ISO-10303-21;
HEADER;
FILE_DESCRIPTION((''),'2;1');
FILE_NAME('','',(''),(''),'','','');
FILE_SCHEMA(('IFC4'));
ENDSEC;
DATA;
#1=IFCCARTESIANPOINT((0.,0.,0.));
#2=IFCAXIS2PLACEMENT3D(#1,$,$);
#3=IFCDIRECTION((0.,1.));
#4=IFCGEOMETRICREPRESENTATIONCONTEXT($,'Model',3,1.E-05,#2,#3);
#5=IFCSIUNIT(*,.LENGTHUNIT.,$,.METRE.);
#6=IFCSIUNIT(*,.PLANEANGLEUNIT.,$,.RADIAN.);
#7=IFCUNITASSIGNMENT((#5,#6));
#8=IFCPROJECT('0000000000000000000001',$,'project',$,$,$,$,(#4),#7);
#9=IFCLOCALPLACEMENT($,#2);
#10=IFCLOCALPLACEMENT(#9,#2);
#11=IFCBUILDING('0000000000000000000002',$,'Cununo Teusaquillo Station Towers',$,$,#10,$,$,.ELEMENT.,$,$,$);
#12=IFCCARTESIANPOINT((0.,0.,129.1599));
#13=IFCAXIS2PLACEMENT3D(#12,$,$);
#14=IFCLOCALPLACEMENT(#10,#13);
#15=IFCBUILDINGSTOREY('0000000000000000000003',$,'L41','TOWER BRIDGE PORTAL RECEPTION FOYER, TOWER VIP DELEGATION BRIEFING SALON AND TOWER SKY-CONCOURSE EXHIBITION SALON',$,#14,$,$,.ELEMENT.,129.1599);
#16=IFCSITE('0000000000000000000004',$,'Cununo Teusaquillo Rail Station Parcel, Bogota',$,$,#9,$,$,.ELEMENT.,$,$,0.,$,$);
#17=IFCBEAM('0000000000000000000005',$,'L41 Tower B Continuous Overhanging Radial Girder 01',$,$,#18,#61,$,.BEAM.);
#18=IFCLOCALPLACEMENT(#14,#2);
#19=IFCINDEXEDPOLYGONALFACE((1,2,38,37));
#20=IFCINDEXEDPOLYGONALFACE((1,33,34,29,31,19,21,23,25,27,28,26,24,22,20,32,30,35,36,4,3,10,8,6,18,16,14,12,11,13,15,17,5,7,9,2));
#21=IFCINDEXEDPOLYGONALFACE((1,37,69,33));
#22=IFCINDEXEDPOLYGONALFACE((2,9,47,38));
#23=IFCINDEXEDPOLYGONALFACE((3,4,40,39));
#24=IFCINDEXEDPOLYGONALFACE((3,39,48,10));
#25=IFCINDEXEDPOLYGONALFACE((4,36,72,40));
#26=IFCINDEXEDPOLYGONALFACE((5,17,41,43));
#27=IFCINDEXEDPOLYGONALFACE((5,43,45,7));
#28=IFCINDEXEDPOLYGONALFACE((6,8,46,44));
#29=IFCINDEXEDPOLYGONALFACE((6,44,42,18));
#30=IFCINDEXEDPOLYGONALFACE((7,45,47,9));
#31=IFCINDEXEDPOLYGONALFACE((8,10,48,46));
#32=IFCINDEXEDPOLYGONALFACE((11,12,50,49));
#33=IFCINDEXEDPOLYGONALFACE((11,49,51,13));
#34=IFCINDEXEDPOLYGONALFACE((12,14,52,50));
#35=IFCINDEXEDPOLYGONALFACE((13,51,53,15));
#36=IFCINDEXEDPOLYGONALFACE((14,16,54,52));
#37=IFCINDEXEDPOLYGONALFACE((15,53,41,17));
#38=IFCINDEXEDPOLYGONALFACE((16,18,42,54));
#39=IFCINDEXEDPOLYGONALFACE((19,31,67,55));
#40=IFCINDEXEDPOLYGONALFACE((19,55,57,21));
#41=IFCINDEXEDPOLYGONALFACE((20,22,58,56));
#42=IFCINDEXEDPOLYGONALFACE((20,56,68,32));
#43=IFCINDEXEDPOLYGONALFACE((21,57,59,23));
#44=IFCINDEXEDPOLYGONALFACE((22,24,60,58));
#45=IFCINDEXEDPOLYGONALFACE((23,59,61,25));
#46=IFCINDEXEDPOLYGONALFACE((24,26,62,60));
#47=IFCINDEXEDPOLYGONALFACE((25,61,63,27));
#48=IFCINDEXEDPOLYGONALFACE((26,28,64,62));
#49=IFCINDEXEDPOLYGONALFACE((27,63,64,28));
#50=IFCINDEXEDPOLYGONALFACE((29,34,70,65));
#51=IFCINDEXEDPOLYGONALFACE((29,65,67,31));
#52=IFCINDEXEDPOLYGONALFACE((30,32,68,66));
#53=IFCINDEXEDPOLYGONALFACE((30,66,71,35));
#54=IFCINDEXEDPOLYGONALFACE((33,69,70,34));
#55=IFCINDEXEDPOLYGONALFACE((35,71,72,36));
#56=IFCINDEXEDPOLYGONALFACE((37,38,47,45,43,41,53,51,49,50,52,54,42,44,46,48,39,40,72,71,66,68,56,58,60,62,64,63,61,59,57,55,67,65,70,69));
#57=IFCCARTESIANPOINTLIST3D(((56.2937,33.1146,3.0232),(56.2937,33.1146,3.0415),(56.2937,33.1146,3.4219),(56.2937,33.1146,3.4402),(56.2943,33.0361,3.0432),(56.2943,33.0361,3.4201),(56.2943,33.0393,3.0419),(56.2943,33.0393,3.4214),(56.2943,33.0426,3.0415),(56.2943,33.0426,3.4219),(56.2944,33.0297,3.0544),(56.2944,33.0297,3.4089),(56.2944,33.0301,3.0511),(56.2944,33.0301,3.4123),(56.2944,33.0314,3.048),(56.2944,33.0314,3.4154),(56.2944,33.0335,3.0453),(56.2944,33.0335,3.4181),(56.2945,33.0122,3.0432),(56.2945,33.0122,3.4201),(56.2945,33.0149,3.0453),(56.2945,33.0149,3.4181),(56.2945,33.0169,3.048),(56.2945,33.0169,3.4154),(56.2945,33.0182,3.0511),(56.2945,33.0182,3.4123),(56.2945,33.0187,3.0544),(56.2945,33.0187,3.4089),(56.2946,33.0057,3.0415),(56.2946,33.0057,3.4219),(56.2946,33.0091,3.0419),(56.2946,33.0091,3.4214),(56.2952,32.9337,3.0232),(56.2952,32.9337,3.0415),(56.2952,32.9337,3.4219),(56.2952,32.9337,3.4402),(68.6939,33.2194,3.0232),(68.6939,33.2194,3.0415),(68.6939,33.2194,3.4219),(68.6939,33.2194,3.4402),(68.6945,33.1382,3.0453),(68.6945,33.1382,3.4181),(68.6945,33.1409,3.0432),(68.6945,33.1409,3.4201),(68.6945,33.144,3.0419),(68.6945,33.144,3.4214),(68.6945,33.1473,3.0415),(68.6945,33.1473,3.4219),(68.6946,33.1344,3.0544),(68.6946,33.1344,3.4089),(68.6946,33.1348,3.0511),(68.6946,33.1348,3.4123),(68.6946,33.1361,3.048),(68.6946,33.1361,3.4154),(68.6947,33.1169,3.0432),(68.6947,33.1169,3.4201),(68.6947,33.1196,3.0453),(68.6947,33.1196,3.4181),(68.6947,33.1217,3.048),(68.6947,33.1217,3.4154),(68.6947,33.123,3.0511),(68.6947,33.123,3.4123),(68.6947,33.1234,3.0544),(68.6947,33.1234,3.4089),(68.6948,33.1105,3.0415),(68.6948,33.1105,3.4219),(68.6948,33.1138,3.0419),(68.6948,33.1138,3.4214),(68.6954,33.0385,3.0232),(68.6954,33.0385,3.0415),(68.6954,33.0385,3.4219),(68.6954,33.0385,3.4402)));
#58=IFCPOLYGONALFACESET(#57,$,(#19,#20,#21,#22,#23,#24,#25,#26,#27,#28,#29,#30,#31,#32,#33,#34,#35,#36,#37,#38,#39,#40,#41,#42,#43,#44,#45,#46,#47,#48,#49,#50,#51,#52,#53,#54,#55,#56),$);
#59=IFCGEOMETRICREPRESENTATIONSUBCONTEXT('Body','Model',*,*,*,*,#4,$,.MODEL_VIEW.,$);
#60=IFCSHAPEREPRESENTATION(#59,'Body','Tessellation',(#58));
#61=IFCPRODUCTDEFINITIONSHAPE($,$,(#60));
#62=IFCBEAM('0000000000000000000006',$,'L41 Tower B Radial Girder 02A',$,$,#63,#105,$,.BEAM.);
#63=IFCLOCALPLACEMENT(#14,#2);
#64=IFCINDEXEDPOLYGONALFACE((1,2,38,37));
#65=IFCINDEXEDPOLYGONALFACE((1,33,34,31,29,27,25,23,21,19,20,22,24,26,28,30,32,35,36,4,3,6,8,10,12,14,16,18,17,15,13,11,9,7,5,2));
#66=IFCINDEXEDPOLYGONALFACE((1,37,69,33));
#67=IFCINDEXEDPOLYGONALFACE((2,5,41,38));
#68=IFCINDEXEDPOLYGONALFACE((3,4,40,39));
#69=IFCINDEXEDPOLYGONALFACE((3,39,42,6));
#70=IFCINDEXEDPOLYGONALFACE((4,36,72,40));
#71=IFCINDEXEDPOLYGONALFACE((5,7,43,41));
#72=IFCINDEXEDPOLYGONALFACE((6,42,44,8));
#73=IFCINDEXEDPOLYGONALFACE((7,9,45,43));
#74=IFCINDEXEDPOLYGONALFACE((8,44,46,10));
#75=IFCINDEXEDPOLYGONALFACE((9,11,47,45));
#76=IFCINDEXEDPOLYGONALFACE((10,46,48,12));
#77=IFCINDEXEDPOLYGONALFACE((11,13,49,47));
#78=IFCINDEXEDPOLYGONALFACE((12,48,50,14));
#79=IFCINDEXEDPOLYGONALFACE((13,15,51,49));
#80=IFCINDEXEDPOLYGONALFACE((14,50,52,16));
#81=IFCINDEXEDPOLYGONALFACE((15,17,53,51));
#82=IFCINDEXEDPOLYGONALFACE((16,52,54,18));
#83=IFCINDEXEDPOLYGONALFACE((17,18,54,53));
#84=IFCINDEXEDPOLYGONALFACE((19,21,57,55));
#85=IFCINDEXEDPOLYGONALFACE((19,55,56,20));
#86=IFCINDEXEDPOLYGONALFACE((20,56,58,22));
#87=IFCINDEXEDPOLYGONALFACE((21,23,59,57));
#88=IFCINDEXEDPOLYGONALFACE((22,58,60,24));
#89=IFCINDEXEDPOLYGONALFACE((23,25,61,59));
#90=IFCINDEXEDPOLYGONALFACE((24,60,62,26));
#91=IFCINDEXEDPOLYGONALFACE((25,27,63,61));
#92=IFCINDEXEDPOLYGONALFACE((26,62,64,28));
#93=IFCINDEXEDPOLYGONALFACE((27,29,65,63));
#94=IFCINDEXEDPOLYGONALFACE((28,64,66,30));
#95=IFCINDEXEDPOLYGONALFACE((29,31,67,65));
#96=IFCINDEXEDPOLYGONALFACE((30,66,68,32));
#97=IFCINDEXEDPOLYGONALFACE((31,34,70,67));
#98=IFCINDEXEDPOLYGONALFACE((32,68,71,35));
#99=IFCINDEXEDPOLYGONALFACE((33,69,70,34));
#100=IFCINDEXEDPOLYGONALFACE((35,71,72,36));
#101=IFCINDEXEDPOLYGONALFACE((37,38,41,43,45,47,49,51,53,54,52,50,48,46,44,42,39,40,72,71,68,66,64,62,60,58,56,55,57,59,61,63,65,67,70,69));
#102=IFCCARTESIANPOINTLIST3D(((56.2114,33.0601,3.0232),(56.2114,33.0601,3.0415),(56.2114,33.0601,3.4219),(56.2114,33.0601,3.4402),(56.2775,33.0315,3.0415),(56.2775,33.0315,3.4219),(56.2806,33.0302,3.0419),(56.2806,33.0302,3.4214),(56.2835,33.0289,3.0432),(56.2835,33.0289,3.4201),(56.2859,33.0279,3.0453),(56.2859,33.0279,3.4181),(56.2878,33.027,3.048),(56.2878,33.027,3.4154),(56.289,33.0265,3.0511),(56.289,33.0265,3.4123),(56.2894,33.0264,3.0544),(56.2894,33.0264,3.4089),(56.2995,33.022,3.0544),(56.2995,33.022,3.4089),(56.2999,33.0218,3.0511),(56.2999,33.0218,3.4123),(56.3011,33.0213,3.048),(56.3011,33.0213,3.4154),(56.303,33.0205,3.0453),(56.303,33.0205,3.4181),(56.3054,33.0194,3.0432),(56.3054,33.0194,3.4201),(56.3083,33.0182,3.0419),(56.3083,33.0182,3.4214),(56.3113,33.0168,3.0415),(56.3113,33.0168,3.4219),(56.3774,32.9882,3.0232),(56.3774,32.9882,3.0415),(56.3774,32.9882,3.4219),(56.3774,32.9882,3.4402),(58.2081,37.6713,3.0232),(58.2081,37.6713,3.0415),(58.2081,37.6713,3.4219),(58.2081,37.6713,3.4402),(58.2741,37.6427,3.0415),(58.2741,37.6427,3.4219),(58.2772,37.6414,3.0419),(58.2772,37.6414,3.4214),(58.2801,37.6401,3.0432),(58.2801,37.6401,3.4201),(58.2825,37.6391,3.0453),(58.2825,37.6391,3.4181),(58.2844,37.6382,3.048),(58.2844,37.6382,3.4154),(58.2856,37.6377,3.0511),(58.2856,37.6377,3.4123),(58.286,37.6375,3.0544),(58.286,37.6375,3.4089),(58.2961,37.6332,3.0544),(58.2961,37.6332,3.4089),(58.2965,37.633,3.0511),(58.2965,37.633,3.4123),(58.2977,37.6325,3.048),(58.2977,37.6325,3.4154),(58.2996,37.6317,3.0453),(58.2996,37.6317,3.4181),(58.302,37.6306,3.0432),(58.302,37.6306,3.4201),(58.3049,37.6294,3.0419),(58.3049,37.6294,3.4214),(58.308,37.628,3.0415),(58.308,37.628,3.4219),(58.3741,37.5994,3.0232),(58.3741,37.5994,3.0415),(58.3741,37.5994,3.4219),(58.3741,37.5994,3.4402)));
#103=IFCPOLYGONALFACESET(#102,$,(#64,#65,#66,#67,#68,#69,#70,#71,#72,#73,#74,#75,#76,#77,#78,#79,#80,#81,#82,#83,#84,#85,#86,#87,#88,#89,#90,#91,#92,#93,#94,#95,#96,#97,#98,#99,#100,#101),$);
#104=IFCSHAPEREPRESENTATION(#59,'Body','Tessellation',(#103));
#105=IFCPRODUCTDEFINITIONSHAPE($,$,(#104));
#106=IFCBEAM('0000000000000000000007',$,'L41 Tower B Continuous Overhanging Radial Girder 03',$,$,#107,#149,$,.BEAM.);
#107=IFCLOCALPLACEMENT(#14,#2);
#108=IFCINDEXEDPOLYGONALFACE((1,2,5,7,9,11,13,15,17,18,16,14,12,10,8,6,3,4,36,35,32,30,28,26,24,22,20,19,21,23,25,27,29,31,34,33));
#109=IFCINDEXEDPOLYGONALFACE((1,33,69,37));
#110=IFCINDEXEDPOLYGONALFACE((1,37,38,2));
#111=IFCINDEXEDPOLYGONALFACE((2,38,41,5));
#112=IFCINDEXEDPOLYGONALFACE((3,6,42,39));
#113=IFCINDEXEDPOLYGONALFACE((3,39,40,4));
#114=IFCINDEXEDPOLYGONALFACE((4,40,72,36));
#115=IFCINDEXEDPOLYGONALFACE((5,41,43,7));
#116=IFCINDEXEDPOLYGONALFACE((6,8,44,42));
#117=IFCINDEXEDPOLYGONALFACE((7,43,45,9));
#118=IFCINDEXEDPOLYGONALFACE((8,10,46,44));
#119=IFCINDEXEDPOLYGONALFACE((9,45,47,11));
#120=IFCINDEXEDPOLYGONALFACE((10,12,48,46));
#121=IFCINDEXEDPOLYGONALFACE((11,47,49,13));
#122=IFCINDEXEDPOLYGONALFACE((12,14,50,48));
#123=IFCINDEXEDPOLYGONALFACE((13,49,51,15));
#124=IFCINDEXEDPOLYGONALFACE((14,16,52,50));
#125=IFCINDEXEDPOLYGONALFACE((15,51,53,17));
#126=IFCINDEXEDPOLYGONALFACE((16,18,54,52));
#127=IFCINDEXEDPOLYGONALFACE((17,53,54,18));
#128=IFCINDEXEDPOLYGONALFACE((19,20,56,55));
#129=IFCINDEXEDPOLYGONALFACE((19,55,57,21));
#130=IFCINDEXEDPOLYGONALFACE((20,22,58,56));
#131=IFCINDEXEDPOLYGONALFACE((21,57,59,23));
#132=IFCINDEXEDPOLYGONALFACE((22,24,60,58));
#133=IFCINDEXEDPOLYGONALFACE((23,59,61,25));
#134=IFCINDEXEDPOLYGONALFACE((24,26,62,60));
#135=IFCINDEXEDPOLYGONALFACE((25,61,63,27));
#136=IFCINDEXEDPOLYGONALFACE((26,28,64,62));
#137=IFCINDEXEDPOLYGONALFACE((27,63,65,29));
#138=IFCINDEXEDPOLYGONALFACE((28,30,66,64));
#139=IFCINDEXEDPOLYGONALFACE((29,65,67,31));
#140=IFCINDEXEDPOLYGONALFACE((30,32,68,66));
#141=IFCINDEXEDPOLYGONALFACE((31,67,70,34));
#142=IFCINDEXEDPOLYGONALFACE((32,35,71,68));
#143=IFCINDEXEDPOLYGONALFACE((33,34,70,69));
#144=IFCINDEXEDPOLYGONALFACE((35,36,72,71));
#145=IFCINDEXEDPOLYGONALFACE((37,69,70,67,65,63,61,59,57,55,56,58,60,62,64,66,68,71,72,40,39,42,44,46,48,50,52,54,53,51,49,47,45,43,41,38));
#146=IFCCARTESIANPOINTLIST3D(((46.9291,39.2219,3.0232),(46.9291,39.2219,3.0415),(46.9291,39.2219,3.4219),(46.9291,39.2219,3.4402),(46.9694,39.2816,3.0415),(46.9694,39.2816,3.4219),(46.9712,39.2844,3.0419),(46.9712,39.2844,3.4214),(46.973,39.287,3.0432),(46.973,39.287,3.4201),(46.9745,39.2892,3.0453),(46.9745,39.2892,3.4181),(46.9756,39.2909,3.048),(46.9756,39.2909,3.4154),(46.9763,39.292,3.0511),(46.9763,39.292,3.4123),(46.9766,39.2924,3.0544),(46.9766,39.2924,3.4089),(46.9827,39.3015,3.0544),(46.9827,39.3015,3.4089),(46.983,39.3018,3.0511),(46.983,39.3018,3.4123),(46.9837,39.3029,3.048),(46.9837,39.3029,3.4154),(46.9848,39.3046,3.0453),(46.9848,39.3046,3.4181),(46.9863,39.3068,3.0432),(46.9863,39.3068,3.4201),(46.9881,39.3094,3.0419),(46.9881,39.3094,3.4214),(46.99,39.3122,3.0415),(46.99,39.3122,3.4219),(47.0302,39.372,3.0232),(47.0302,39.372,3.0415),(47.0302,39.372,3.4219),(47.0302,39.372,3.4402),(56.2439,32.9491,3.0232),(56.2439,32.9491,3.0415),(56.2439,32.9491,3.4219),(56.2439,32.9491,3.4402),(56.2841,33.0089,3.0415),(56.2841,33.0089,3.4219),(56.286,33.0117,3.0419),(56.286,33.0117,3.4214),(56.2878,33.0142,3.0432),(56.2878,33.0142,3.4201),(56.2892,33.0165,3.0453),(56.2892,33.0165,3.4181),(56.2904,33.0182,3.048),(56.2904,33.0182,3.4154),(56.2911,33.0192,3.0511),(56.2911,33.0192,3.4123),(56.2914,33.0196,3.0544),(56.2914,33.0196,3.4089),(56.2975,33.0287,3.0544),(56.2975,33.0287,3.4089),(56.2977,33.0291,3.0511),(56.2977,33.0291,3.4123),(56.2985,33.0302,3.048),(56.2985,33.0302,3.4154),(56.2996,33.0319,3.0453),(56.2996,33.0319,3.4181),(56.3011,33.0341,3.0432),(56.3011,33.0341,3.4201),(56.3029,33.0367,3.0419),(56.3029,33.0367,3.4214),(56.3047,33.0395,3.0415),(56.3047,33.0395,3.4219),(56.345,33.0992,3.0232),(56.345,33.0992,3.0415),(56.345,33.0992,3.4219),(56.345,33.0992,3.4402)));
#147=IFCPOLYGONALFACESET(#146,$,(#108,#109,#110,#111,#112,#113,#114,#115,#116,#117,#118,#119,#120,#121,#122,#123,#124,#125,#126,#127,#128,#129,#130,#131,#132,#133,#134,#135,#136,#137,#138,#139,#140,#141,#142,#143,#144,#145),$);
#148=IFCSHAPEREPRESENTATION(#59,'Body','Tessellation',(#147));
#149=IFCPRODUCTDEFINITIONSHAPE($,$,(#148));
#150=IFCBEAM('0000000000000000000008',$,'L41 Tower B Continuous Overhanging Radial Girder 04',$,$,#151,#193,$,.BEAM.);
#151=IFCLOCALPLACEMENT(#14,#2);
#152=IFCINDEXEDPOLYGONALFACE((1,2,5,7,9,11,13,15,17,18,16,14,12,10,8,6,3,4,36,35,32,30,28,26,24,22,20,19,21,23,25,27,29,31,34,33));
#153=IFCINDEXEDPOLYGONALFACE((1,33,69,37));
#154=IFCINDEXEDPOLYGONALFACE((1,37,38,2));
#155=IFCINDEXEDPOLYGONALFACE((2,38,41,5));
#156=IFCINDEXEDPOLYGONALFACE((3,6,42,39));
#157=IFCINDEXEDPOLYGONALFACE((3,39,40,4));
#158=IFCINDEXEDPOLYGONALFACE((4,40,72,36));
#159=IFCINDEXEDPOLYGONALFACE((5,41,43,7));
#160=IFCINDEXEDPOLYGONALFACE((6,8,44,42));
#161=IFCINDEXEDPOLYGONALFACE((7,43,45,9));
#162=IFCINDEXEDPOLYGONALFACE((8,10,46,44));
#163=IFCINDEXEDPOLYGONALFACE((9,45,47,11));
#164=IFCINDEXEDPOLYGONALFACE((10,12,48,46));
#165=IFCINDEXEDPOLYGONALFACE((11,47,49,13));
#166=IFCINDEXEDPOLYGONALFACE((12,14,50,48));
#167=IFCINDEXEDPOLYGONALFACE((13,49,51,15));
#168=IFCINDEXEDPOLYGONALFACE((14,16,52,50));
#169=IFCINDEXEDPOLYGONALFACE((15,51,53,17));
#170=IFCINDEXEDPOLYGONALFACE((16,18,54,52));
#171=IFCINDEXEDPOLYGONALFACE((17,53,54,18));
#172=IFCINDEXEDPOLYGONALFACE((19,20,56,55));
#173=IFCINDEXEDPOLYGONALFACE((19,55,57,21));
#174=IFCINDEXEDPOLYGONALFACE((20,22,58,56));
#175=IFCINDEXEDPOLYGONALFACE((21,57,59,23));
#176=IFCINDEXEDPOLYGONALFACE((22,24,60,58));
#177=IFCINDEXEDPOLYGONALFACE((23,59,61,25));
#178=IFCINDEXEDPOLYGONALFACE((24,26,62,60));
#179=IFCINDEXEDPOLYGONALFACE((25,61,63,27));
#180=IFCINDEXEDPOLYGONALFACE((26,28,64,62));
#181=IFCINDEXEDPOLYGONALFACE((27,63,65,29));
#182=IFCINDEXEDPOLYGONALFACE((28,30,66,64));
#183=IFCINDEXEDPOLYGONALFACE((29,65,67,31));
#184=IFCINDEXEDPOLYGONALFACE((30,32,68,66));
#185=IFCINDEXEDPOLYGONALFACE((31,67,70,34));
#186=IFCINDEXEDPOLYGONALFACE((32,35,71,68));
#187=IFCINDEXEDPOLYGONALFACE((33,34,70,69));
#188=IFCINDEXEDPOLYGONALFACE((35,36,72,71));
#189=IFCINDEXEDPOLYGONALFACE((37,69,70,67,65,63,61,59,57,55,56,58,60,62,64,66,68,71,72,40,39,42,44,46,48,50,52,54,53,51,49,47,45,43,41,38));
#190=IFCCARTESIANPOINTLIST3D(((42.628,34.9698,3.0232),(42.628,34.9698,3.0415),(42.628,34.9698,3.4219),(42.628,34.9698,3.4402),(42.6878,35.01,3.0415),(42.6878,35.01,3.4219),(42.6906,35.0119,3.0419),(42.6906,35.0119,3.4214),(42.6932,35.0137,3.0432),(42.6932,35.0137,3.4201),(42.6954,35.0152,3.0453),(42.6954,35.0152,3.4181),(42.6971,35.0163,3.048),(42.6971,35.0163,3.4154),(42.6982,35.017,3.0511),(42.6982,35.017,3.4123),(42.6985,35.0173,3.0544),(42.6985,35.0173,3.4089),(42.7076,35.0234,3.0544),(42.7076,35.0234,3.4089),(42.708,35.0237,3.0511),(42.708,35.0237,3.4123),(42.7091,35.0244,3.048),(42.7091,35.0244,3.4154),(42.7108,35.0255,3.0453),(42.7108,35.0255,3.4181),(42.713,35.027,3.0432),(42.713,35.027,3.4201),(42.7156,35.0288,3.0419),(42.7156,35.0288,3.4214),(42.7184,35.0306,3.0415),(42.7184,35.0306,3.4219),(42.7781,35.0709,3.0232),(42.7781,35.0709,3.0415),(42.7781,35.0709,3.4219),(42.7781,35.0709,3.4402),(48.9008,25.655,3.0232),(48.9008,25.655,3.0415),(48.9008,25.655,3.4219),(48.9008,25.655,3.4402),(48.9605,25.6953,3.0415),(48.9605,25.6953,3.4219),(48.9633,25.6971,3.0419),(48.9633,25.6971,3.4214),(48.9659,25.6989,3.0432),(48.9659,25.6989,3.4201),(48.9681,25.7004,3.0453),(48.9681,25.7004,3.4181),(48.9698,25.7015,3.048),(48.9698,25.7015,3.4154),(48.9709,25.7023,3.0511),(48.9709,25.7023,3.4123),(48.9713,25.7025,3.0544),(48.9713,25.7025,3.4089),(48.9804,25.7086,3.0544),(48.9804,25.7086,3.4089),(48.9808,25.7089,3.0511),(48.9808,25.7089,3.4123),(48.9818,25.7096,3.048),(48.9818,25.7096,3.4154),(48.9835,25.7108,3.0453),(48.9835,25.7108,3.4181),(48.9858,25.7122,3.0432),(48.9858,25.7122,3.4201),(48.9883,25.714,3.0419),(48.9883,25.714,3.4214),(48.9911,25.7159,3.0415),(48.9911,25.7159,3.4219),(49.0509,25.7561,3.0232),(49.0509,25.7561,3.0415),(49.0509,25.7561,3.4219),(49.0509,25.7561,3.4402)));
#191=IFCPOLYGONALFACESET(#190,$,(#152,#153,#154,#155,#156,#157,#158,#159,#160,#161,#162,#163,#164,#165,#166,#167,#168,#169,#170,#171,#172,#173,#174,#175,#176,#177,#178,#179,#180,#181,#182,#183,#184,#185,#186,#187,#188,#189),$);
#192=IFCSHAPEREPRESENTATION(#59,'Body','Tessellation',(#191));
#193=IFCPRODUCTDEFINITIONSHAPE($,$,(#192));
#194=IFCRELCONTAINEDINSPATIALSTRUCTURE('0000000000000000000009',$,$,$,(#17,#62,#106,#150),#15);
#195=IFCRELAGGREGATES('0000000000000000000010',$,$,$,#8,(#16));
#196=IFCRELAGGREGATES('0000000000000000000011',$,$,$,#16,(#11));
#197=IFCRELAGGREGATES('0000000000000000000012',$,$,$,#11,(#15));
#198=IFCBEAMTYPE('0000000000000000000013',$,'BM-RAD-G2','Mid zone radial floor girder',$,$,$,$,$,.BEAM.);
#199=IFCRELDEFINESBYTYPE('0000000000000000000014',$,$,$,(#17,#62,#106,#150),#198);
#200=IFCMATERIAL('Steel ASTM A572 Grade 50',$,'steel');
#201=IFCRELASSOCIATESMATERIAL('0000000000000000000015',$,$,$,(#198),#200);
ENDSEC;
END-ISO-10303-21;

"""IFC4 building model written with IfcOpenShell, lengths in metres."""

from ifc_helpers import new_model, si_unit, direction, frame, origin, origin_2d, place, context, subcontext, project, spatial, i_section, extrude, material, material_profile, profile_set, type_object, element, save


model = new_model("IFC4")

# Units and contexts
model_context = context("Model", 3, precision=1e-05, world=origin(), true_north=direction((0.0, 1.0)))
body_context = subcontext(model_context, "Body", "Model", "MODEL_VIEW")
ifc_project = project(units=[si_unit("LENGTHUNIT", "METRE"), si_unit("PLANEANGLEUNIT", "RADIAN")], contexts=[model_context])

# Site, building, storey
site_placement = place(None, origin())
site = spatial("IfcSite", under=ifc_project, at=site_placement, Name="Cununo Teusaquillo Rail Station Parcel, Bogota", CompositionType="ELEMENT", RefElevation=0.0)
building_placement = place(site_placement, origin())
building = spatial("IfcBuilding", under=site, at=building_placement, Name="Cununo Teusaquillo Station Towers", CompositionType="ELEMENT")
storey_placement = place(building_placement, frame((0.0, 0.0, 129.1599)))
storey = spatial("IfcBuildingStorey", under=building, at=storey_placement, Name="L41", Description="TOWER BRIDGE PORTAL RECEPTION FOYER, TOWER VIP DELEGATION BRIEFING SALON AND TOWER SKY-CONCOURSE EXHIBITION SALON", CompositionType="ELEMENT", Elevation=129.1599)

# Beams
ifc_material_1 = material(Name="Steel ASTM A572 Grade 50", Category="steel")
ifc_material_profile_1 = material_profile(ifc_material_1, i_section(OverallWidth=0.1809, OverallDepth=0.417, WebThickness=0.011, FlangeThickness=0.0183, FilletRadius=0.0129, at=origin_2d()), Name="W16X57")
ifc_profile_set_1 = profile_set([ifc_material_profile_1], Name="Steel ASTM A572 Grade 50")
beam_type_1 = type_object("IfcBeamType", Name="BM-RAD-G2", Description="Mid zone radial floor girder", PredefinedType="BEAM", material=ifc_profile_set_1)
beam_1_placement = place(storey_placement, frame((56.2944, 33.0242, 3.2317), z_axis=(0.999964, 0.008446, 0.0), x_axis=(-0.008446, 0.999964, 0.0)))
element("IfcBeam", 1, at=beam_1_placement, inside=storey, type_object=beam_type_1, Name="L41 Tower B Continuous Overhanging Radial Girder 01", PredefinedType="BEAM", context=body_context, shape_type="SweptSolid", body=[
    extrude(i_section(OverallWidth=0.1809, OverallDepth=0.417, WebThickness=0.011, FlangeThickness=0.0183, FilletRadius=0.0129, at=origin_2d()), origin(), (0.0, 0.0, 1.0), 12.4006),
])
beam_2_placement = place(storey_placement, frame((56.2944, 33.0242, 3.2317), z_axis=(0.397347, 0.917668, 0.0), x_axis=(-0.917668, 0.397347, 0.0)))
element("IfcBeam", 2, at=beam_2_placement, inside=storey, type_object=beam_type_1, Name="L41 Tower B Radial Girder 02A", PredefinedType="BEAM", context=body_context, shape_type="SweptSolid", body=[
    extrude(i_section(OverallWidth=0.1809, OverallDepth=0.417, WebThickness=0.011, FlangeThickness=0.0183, FilletRadius=0.0129, at=origin_2d()), origin(), (0.0, 0.0, 1.0), 5.0249),
])
for number, where, z_axis, x_axis, name in (
    (3, (56.2944, 33.0242, 3.2317), (-0.829456, 0.558572, 0.0), (-0.558572, -0.829456, 0.0), "L41 Tower B Continuous Overhanging Radial Girder 03"),
    (4, (48.9758, 25.7056, 3.2317), (-0.558572, 0.829456, 0.0), (-0.829456, -0.558572, 0.0), "L41 Tower B Continuous Overhanging Radial Girder 04"),
):
    element("IfcBeam", number, at=place(storey_placement, frame(where, z_axis=z_axis, x_axis=x_axis)), inside=storey, type_object=beam_type_1, Name=name, PredefinedType="BEAM", context=body_context, shape_type="SweptSolid", body=[
        extrude(i_section(OverallWidth=0.1809, OverallDepth=0.417, WebThickness=0.011, FlangeThickness=0.0183, FilletRadius=0.0129, at=origin_2d()), origin(), (0.0, 0.0, 1.0), 11.23),
    ])

save(model, "model.ifc")
